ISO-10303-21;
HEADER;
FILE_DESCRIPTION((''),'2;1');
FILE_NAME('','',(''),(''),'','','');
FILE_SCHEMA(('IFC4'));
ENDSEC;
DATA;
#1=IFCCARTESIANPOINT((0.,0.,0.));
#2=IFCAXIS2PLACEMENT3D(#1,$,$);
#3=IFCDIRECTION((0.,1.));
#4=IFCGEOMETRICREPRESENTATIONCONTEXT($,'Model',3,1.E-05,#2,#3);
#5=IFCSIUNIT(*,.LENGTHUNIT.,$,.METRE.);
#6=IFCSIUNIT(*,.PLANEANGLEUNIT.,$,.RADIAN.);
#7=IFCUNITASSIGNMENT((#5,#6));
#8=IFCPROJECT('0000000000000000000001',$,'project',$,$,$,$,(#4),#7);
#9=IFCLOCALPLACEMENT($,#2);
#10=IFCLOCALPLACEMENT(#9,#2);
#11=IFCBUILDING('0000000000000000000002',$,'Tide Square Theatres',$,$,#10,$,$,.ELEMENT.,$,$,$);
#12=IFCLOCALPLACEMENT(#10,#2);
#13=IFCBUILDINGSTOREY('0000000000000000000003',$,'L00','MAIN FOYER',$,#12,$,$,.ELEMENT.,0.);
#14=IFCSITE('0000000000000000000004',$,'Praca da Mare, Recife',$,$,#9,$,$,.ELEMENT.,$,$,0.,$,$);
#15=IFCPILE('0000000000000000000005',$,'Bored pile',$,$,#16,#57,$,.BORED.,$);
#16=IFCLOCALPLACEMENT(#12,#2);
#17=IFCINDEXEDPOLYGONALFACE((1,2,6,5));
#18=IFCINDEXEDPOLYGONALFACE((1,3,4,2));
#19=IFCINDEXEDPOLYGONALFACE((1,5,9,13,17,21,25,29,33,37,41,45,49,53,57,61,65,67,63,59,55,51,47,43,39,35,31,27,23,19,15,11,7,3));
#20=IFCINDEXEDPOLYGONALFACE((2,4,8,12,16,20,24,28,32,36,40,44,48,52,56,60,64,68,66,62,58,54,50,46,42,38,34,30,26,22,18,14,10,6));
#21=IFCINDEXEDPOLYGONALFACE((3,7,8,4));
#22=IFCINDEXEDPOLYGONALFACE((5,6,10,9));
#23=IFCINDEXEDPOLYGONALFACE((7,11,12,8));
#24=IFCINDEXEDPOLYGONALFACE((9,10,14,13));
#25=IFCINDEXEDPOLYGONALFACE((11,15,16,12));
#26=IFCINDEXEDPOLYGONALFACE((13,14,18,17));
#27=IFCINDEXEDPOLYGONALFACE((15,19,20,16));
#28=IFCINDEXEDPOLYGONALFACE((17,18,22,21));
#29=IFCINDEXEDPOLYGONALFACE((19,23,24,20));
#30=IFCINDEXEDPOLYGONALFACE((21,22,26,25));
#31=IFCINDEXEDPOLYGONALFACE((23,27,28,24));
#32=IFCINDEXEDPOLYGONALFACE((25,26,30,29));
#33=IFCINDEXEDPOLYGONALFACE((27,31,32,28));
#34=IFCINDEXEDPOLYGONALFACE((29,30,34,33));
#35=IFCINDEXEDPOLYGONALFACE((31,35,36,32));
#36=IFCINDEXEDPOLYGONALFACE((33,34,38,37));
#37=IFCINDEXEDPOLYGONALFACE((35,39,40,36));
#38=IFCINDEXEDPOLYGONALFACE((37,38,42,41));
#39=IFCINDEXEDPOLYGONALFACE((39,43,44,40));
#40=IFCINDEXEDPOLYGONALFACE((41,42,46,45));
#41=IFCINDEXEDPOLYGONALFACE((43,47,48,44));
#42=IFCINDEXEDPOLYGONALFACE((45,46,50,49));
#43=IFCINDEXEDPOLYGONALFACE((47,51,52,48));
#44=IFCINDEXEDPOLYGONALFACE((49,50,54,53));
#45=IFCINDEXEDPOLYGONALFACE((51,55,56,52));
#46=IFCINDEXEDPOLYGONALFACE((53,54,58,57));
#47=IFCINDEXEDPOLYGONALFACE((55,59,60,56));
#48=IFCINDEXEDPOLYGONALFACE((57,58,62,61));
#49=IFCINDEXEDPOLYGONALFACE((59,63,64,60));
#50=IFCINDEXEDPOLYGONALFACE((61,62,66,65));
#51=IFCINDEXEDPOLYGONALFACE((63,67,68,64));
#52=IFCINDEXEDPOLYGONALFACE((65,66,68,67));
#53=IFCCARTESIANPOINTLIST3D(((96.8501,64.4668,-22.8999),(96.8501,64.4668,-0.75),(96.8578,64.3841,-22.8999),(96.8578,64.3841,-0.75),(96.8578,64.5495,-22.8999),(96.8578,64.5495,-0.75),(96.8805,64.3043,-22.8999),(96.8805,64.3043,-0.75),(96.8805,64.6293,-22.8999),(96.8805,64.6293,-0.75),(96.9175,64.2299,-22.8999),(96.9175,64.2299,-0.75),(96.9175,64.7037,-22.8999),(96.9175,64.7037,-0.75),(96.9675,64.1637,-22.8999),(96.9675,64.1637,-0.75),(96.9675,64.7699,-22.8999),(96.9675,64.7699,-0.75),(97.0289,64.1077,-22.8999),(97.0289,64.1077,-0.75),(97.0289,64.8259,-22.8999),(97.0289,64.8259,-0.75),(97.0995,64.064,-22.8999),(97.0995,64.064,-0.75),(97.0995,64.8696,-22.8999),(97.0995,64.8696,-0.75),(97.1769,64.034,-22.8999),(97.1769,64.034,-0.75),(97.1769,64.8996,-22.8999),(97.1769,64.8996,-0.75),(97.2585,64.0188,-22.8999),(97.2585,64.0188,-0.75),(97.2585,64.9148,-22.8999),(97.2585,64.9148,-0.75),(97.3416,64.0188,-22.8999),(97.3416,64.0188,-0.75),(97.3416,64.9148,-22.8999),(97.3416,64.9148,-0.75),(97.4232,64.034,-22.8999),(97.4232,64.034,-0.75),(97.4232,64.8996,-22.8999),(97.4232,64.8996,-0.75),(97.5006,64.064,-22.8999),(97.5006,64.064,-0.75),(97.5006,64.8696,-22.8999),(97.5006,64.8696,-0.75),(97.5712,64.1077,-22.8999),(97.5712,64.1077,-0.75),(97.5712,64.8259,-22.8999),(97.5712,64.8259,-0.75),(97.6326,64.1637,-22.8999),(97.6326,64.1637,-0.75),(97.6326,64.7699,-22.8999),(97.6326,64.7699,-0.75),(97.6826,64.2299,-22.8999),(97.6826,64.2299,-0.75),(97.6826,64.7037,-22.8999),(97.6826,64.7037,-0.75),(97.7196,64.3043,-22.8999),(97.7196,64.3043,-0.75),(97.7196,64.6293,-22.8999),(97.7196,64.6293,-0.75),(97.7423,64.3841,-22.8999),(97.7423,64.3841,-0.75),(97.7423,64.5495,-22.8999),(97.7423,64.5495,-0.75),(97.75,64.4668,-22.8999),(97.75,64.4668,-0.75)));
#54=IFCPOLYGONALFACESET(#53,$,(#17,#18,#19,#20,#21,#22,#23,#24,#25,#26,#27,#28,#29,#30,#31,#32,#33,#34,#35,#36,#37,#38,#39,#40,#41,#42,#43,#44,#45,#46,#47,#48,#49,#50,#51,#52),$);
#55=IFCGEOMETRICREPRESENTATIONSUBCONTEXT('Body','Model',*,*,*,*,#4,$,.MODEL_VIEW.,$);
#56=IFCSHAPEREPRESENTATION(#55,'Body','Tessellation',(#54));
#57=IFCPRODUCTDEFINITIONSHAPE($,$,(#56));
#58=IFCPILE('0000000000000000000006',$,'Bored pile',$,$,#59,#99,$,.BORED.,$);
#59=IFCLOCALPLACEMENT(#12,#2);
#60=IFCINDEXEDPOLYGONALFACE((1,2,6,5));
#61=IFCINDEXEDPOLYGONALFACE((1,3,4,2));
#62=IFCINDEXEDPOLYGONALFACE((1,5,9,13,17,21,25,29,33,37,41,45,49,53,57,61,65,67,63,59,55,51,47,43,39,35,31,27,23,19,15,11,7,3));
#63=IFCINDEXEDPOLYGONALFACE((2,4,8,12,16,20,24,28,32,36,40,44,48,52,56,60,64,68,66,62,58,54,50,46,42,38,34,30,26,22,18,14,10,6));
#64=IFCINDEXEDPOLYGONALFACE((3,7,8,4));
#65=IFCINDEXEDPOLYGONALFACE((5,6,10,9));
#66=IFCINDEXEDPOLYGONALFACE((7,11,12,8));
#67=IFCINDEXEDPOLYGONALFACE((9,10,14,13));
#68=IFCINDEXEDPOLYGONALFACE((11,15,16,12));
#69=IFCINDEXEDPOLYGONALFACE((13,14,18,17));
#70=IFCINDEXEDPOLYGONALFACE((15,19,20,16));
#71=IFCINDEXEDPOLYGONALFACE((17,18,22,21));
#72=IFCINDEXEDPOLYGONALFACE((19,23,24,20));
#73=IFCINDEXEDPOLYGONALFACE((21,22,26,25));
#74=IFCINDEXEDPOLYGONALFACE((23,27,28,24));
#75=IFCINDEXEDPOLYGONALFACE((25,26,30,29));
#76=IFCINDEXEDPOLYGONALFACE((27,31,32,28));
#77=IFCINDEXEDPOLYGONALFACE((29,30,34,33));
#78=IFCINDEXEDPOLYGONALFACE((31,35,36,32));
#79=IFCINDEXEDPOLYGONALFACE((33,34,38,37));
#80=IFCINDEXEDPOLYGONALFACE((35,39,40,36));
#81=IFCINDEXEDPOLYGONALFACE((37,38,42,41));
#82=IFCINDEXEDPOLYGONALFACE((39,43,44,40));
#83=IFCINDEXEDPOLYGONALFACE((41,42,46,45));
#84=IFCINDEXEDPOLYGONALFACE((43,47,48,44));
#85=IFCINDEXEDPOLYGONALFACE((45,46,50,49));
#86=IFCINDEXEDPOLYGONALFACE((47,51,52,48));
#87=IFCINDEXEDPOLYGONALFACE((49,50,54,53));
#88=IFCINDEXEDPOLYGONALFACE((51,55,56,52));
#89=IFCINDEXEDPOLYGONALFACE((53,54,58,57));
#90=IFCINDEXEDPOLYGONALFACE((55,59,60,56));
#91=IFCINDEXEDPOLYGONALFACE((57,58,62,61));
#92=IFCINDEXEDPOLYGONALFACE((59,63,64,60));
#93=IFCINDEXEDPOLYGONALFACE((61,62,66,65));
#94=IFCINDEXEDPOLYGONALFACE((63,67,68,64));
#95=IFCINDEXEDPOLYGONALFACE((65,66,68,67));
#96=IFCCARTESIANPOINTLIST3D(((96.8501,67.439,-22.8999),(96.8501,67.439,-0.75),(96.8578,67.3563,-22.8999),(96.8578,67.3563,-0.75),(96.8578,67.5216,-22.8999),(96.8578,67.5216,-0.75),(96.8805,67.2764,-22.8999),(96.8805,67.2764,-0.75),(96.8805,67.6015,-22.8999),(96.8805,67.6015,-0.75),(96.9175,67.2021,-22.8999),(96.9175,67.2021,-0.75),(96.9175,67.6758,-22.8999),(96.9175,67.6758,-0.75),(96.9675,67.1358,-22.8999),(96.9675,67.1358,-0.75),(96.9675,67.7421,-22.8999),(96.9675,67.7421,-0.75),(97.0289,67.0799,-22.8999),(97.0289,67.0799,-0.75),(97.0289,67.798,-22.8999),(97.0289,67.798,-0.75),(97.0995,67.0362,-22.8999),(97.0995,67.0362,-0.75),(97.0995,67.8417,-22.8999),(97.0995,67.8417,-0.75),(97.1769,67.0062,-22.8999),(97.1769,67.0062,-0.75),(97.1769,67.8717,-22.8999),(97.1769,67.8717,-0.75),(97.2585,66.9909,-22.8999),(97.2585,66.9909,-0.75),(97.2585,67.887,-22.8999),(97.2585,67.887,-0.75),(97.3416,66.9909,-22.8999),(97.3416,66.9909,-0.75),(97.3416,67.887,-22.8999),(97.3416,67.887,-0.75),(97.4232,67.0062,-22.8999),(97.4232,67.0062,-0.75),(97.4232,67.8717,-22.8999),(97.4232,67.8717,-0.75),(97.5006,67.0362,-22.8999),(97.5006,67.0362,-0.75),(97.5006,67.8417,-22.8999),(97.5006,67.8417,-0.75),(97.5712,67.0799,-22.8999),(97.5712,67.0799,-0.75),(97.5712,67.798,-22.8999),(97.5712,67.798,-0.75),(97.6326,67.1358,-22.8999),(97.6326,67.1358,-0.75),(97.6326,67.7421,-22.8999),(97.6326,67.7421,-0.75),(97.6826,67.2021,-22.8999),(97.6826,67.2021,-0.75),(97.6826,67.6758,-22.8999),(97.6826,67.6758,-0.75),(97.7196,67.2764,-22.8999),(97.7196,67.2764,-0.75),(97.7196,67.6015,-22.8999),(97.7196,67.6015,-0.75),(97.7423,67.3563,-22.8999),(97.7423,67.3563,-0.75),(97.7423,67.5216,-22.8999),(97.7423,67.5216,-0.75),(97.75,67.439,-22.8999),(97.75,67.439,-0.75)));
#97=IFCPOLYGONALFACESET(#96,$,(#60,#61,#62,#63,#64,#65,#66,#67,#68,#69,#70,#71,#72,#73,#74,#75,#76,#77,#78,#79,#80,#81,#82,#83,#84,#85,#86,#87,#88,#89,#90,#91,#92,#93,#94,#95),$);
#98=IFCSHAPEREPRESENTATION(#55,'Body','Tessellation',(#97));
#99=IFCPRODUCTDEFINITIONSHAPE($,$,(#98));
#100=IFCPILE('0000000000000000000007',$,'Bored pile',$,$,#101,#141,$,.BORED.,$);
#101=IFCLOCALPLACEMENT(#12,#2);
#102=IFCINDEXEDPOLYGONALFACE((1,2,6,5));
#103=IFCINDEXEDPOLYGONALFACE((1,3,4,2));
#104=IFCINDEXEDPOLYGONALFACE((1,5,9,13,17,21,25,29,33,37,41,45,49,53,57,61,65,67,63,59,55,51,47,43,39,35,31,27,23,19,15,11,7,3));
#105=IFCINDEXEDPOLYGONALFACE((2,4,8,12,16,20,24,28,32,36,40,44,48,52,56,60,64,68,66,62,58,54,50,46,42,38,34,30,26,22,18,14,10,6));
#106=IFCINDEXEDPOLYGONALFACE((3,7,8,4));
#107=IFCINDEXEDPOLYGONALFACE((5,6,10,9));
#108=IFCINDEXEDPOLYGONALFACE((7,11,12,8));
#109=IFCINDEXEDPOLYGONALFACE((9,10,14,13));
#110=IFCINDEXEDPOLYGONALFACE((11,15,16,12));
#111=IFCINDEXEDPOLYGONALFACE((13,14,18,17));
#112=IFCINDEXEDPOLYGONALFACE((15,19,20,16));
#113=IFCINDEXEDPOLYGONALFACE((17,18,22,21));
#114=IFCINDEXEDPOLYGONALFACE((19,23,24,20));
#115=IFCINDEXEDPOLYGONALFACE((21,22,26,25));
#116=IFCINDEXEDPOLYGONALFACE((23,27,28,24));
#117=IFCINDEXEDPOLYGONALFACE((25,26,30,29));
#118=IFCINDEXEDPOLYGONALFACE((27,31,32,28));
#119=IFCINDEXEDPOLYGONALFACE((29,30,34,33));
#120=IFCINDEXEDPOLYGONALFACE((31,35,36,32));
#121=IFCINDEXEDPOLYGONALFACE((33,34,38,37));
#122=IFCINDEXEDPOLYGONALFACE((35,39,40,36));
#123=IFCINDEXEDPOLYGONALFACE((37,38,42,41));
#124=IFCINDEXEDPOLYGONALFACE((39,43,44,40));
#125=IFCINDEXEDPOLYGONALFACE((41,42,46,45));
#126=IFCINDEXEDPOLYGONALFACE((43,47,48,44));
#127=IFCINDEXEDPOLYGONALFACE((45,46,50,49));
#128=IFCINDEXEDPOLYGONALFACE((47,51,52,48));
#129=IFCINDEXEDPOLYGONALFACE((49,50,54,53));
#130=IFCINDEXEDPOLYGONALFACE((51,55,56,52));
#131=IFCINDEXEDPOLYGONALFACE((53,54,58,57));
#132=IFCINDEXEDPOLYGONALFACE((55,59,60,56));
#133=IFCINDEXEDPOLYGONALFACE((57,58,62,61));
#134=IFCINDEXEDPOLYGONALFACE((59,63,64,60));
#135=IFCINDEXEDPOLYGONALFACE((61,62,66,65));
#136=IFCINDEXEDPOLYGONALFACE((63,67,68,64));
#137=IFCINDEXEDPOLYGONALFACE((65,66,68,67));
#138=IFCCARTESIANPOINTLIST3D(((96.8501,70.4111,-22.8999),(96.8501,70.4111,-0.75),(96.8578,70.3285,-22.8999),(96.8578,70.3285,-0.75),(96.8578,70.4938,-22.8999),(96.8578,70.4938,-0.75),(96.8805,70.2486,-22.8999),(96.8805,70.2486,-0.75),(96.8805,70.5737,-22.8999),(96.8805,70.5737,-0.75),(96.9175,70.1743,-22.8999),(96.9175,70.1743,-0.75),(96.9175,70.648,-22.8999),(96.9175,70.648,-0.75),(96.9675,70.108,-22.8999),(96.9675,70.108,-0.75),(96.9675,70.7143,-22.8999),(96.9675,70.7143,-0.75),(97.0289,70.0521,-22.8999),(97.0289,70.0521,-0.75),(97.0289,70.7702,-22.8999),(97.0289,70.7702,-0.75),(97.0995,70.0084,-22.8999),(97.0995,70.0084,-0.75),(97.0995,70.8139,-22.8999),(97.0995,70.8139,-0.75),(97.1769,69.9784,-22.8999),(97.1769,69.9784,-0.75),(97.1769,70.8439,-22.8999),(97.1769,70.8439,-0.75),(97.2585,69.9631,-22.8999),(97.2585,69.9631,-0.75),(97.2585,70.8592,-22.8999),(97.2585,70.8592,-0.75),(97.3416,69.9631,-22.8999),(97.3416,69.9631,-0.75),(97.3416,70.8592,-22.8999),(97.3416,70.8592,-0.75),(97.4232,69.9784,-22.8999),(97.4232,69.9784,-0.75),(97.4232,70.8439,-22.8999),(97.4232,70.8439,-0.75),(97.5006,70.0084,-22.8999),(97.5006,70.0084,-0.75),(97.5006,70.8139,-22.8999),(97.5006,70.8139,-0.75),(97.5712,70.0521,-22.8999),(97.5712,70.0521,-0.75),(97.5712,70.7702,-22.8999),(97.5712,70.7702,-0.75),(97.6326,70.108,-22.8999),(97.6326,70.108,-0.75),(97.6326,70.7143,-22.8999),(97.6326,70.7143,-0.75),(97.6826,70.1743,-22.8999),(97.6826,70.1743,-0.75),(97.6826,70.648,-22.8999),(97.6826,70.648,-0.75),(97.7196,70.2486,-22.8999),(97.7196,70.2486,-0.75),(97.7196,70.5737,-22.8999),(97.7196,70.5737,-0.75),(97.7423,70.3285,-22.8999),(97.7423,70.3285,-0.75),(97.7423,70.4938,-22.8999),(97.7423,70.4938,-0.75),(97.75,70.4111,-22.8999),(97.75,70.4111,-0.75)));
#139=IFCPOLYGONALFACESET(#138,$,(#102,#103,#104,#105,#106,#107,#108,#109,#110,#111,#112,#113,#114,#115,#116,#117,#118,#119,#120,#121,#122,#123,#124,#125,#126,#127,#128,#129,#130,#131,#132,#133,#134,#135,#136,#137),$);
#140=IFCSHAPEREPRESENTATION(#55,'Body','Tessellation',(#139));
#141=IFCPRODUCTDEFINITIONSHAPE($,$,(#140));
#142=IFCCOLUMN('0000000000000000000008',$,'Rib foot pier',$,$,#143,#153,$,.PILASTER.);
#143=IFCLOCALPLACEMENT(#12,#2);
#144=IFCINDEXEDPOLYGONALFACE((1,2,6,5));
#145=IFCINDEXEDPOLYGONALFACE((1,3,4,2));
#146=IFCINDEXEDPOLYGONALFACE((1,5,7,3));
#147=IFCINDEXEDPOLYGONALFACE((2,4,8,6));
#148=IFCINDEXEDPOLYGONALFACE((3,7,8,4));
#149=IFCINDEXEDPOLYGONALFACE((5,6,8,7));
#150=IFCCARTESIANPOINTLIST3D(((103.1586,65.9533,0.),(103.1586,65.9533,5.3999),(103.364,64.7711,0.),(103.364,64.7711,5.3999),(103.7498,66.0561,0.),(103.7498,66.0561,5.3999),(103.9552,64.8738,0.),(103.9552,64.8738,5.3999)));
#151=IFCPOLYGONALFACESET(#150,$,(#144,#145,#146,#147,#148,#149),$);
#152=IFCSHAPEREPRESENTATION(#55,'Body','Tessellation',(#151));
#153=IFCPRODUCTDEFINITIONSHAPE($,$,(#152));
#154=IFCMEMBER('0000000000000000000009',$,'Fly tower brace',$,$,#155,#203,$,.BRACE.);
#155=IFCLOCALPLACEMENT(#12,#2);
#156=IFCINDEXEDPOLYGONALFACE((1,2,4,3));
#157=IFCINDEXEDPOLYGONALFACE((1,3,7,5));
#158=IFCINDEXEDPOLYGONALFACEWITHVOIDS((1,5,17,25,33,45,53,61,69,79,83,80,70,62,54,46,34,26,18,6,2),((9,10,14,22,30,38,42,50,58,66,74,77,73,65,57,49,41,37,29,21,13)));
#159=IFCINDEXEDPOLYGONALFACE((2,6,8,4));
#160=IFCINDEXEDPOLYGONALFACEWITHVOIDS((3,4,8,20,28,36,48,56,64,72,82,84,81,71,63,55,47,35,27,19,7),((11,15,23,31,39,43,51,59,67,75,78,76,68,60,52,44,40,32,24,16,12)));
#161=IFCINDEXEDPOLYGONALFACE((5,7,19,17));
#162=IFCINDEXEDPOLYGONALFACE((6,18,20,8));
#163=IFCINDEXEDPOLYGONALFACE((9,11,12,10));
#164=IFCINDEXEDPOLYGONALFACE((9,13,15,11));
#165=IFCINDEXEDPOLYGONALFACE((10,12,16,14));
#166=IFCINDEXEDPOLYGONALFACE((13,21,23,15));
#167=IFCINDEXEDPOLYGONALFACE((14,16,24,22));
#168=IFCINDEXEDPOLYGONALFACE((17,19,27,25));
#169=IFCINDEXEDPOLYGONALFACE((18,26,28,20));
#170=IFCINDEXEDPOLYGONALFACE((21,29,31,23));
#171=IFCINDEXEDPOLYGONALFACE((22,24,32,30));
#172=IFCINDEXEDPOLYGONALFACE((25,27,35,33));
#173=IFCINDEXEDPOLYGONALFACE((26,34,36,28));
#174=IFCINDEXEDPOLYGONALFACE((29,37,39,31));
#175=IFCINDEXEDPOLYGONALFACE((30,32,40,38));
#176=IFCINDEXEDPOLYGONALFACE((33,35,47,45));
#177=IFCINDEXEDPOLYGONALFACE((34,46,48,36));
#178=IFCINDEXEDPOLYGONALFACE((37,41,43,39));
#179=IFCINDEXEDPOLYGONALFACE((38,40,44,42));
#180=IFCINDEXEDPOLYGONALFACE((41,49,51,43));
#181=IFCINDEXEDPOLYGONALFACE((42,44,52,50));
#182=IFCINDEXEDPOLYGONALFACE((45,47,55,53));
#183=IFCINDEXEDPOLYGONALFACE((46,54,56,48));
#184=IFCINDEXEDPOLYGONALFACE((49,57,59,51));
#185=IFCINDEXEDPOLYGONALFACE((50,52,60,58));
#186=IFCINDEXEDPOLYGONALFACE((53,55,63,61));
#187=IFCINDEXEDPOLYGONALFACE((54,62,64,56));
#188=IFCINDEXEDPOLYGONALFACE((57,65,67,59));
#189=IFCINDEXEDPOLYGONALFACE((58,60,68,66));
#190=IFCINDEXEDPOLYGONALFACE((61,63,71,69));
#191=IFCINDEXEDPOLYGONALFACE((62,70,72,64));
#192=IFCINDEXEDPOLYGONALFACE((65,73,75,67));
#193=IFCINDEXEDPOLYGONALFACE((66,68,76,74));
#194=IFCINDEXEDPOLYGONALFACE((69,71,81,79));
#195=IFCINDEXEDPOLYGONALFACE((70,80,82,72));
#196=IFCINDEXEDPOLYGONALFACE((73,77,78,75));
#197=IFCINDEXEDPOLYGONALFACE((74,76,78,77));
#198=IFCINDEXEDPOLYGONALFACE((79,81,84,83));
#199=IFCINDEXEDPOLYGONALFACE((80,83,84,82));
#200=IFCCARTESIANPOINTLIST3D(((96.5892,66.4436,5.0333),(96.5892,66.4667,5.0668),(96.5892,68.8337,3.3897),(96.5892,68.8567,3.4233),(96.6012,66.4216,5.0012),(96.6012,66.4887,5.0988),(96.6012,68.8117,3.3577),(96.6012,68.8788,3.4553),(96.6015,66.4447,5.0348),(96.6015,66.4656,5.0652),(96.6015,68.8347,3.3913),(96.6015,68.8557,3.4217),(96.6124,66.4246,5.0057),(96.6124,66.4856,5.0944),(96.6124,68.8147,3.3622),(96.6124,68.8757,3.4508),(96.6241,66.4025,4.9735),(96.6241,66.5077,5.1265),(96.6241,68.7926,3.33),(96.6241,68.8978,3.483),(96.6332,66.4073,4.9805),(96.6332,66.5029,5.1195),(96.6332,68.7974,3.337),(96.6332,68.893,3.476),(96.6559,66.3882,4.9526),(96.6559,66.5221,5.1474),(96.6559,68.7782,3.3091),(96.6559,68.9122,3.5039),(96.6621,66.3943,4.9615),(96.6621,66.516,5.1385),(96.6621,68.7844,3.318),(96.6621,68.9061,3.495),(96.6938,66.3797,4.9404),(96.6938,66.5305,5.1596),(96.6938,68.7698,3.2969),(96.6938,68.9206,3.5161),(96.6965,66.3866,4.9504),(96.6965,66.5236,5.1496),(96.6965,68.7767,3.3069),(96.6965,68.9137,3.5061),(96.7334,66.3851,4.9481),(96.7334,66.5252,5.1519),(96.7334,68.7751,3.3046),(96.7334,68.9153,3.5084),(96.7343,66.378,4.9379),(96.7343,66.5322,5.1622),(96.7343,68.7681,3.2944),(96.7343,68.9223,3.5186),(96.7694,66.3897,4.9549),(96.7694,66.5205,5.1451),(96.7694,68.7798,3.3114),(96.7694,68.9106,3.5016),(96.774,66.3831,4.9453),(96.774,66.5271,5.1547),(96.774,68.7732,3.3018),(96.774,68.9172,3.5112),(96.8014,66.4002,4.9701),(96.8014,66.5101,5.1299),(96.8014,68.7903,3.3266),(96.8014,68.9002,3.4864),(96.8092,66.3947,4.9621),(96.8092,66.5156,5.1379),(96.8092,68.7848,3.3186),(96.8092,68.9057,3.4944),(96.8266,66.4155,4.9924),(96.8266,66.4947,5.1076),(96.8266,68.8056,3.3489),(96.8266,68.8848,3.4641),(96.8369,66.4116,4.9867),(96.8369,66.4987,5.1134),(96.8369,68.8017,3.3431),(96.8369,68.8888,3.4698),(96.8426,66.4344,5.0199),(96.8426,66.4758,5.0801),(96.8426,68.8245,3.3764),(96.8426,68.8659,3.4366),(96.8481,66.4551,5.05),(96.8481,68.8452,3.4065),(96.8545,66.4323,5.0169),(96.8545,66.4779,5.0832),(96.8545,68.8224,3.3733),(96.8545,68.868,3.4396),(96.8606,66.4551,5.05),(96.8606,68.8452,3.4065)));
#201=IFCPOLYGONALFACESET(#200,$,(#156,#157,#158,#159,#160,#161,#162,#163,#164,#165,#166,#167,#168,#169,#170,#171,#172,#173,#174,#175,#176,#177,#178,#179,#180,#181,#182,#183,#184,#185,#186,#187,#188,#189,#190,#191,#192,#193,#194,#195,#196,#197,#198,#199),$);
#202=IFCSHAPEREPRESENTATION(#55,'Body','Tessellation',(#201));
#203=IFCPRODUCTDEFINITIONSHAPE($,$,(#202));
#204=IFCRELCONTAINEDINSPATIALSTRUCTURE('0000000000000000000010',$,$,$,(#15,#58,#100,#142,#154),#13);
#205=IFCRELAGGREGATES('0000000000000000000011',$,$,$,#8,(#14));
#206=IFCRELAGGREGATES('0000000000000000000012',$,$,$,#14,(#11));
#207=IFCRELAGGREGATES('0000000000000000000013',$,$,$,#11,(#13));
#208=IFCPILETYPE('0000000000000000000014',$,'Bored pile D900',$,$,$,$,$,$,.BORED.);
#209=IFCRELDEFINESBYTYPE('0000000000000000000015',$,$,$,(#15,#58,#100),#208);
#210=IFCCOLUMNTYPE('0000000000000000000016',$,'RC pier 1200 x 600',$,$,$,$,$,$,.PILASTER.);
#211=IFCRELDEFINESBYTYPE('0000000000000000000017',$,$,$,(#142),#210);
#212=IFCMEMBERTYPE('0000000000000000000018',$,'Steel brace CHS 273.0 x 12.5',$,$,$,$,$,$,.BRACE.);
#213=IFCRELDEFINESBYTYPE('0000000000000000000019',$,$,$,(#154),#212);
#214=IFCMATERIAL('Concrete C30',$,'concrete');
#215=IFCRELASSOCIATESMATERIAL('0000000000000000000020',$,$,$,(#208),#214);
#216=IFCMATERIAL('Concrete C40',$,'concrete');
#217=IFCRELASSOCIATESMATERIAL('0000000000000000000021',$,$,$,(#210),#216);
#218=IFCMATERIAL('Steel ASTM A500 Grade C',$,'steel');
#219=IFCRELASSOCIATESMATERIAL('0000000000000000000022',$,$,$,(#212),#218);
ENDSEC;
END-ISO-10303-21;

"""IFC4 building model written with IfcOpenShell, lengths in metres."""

from ifc_helpers import new_model, si_unit, direction, frame, origin, origin_2d, place, context, subcontext, project, spatial, rectangle, circle, hollow_circle, extrude, material, material_profile, profile_set, type_object, element, save


model = new_model("IFC4")

# Units and contexts
model_context = context("Model", 3, precision=1e-05, world=origin(), true_north=direction((0.0, 1.0)))
body_context = subcontext(model_context, "Body", "Model", "MODEL_VIEW")
ifc_project = project(units=[si_unit("LENGTHUNIT", "METRE"), si_unit("PLANEANGLEUNIT", "RADIAN")], contexts=[model_context])

# Site, building, storey
site_placement = place(None, origin())
site = spatial("IfcSite", under=ifc_project, at=site_placement, Name="Praca da Mare, Recife", CompositionType="ELEMENT", RefElevation=0.0)
building_placement = place(site_placement, origin())
building = spatial("IfcBuilding", under=site, at=building_placement, Name="Tide Square Theatres", CompositionType="ELEMENT")
storey_placement = place(building_placement, origin())
storey = spatial("IfcBuildingStorey", under=building, at=storey_placement, Name="L00", Description="MAIN FOYER", CompositionType="ELEMENT", Elevation=0.0)

# Piles
ifc_material_1 = material(Name="Concrete C30", Category="concrete")
ifc_material_profile_1 = material_profile(ifc_material_1, circle(Radius=0.45, at=origin_2d()))
ifc_profile_set_1 = profile_set([ifc_material_profile_1], Name="Concrete C30")
pile_type_1 = type_object("IfcPileType", Name="Bored pile D900", PredefinedType="BORED", material=ifc_profile_set_1)
for number, where, z_axis, x_axis, name in (
    (1, (97.3, 64.4668, -0.75), (0.0, 0.0, -1.0), (1.0, 0.0, 0.0), "Bored pile"),
    (2, (97.3, 67.439, -0.75), (0.0, 0.0, -1.0), (1.0, 0.0, 0.0), "Bored pile"),
    (3, (97.3, 70.4111, -0.75), (0.0, 0.0, -1.0), (1.0, 0.0, 0.0), "Bored pile"),
):
    element("IfcPile", number, at=place(storey_placement, frame(where, z_axis=z_axis, x_axis=x_axis)), inside=storey, type_object=pile_type_1, Name=name, PredefinedType="BORED", context=body_context, shape_type="SweptSolid", body=[
        extrude(circle(Radius=0.45, at=origin_2d()), origin(), (0.0, 0.0, 1.0), 22.1499),
    ])

# Column
ifc_material_2 = material(Name="Concrete C40", Category="concrete")
ifc_material_profile_2 = material_profile(ifc_material_2, rectangle(XDim=1.2, YDim=0.6001, at=origin_2d()))
ifc_profile_set_2 = profile_set([ifc_material_profile_2], Name="Concrete C40")
column_type = type_object("IfcColumnType", Name="RC pier 1200 x 600", PredefinedType="PILASTER", material=ifc_profile_set_2)
column_placement = place(storey_placement, frame((103.5569, 65.4136, 0.0), z_axis=(0.0, 0.0, 1.0), x_axis=(-0.171173, 0.985241, 0.0)))
element("IfcColumn", 4, at=column_placement, inside=storey, type_object=column_type, Name="Rib foot pier", PredefinedType="PILASTER", context=body_context, shape_type="SweptSolid", body=[
    extrude(rectangle(XDim=1.2, YDim=0.6001, at=origin_2d()), origin(), (0.0, 0.0, 1.0), 5.3999),
])

# Member
ifc_material_3 = material(Name="Steel ASTM A500 Grade C", Category="steel")
ifc_material_profile_3 = material_profile(ifc_material_3, hollow_circle(Radius=0.1365, WallThickness=0.0125, at=origin_2d()))
ifc_profile_set_3 = profile_set([ifc_material_profile_3], Name="Steel ASTM A500 Grade C")
member_type = type_object("IfcMemberType", Name="Steel brace CHS 273.0 x 12.5", PredefinedType="BRACE", material=ifc_profile_set_3)
member_placement = place(storey_placement, frame((96.7241, 68.8452, 3.4065), z_axis=(0.0, -0.823988, 0.566607), x_axis=(1.0, 0.0, 0.0)))
element("IfcMember", 5, at=member_placement, inside=storey, type_object=member_type, Name="Fly tower brace", PredefinedType="BRACE", context=body_context, shape_type="SweptSolid", body=[
    extrude(hollow_circle(Radius=0.1365, WallThickness=0.0125, at=origin_2d()), origin(), (0.0, 0.0, 1.0), 2.9006),
])

save(model, "model.ifc")
